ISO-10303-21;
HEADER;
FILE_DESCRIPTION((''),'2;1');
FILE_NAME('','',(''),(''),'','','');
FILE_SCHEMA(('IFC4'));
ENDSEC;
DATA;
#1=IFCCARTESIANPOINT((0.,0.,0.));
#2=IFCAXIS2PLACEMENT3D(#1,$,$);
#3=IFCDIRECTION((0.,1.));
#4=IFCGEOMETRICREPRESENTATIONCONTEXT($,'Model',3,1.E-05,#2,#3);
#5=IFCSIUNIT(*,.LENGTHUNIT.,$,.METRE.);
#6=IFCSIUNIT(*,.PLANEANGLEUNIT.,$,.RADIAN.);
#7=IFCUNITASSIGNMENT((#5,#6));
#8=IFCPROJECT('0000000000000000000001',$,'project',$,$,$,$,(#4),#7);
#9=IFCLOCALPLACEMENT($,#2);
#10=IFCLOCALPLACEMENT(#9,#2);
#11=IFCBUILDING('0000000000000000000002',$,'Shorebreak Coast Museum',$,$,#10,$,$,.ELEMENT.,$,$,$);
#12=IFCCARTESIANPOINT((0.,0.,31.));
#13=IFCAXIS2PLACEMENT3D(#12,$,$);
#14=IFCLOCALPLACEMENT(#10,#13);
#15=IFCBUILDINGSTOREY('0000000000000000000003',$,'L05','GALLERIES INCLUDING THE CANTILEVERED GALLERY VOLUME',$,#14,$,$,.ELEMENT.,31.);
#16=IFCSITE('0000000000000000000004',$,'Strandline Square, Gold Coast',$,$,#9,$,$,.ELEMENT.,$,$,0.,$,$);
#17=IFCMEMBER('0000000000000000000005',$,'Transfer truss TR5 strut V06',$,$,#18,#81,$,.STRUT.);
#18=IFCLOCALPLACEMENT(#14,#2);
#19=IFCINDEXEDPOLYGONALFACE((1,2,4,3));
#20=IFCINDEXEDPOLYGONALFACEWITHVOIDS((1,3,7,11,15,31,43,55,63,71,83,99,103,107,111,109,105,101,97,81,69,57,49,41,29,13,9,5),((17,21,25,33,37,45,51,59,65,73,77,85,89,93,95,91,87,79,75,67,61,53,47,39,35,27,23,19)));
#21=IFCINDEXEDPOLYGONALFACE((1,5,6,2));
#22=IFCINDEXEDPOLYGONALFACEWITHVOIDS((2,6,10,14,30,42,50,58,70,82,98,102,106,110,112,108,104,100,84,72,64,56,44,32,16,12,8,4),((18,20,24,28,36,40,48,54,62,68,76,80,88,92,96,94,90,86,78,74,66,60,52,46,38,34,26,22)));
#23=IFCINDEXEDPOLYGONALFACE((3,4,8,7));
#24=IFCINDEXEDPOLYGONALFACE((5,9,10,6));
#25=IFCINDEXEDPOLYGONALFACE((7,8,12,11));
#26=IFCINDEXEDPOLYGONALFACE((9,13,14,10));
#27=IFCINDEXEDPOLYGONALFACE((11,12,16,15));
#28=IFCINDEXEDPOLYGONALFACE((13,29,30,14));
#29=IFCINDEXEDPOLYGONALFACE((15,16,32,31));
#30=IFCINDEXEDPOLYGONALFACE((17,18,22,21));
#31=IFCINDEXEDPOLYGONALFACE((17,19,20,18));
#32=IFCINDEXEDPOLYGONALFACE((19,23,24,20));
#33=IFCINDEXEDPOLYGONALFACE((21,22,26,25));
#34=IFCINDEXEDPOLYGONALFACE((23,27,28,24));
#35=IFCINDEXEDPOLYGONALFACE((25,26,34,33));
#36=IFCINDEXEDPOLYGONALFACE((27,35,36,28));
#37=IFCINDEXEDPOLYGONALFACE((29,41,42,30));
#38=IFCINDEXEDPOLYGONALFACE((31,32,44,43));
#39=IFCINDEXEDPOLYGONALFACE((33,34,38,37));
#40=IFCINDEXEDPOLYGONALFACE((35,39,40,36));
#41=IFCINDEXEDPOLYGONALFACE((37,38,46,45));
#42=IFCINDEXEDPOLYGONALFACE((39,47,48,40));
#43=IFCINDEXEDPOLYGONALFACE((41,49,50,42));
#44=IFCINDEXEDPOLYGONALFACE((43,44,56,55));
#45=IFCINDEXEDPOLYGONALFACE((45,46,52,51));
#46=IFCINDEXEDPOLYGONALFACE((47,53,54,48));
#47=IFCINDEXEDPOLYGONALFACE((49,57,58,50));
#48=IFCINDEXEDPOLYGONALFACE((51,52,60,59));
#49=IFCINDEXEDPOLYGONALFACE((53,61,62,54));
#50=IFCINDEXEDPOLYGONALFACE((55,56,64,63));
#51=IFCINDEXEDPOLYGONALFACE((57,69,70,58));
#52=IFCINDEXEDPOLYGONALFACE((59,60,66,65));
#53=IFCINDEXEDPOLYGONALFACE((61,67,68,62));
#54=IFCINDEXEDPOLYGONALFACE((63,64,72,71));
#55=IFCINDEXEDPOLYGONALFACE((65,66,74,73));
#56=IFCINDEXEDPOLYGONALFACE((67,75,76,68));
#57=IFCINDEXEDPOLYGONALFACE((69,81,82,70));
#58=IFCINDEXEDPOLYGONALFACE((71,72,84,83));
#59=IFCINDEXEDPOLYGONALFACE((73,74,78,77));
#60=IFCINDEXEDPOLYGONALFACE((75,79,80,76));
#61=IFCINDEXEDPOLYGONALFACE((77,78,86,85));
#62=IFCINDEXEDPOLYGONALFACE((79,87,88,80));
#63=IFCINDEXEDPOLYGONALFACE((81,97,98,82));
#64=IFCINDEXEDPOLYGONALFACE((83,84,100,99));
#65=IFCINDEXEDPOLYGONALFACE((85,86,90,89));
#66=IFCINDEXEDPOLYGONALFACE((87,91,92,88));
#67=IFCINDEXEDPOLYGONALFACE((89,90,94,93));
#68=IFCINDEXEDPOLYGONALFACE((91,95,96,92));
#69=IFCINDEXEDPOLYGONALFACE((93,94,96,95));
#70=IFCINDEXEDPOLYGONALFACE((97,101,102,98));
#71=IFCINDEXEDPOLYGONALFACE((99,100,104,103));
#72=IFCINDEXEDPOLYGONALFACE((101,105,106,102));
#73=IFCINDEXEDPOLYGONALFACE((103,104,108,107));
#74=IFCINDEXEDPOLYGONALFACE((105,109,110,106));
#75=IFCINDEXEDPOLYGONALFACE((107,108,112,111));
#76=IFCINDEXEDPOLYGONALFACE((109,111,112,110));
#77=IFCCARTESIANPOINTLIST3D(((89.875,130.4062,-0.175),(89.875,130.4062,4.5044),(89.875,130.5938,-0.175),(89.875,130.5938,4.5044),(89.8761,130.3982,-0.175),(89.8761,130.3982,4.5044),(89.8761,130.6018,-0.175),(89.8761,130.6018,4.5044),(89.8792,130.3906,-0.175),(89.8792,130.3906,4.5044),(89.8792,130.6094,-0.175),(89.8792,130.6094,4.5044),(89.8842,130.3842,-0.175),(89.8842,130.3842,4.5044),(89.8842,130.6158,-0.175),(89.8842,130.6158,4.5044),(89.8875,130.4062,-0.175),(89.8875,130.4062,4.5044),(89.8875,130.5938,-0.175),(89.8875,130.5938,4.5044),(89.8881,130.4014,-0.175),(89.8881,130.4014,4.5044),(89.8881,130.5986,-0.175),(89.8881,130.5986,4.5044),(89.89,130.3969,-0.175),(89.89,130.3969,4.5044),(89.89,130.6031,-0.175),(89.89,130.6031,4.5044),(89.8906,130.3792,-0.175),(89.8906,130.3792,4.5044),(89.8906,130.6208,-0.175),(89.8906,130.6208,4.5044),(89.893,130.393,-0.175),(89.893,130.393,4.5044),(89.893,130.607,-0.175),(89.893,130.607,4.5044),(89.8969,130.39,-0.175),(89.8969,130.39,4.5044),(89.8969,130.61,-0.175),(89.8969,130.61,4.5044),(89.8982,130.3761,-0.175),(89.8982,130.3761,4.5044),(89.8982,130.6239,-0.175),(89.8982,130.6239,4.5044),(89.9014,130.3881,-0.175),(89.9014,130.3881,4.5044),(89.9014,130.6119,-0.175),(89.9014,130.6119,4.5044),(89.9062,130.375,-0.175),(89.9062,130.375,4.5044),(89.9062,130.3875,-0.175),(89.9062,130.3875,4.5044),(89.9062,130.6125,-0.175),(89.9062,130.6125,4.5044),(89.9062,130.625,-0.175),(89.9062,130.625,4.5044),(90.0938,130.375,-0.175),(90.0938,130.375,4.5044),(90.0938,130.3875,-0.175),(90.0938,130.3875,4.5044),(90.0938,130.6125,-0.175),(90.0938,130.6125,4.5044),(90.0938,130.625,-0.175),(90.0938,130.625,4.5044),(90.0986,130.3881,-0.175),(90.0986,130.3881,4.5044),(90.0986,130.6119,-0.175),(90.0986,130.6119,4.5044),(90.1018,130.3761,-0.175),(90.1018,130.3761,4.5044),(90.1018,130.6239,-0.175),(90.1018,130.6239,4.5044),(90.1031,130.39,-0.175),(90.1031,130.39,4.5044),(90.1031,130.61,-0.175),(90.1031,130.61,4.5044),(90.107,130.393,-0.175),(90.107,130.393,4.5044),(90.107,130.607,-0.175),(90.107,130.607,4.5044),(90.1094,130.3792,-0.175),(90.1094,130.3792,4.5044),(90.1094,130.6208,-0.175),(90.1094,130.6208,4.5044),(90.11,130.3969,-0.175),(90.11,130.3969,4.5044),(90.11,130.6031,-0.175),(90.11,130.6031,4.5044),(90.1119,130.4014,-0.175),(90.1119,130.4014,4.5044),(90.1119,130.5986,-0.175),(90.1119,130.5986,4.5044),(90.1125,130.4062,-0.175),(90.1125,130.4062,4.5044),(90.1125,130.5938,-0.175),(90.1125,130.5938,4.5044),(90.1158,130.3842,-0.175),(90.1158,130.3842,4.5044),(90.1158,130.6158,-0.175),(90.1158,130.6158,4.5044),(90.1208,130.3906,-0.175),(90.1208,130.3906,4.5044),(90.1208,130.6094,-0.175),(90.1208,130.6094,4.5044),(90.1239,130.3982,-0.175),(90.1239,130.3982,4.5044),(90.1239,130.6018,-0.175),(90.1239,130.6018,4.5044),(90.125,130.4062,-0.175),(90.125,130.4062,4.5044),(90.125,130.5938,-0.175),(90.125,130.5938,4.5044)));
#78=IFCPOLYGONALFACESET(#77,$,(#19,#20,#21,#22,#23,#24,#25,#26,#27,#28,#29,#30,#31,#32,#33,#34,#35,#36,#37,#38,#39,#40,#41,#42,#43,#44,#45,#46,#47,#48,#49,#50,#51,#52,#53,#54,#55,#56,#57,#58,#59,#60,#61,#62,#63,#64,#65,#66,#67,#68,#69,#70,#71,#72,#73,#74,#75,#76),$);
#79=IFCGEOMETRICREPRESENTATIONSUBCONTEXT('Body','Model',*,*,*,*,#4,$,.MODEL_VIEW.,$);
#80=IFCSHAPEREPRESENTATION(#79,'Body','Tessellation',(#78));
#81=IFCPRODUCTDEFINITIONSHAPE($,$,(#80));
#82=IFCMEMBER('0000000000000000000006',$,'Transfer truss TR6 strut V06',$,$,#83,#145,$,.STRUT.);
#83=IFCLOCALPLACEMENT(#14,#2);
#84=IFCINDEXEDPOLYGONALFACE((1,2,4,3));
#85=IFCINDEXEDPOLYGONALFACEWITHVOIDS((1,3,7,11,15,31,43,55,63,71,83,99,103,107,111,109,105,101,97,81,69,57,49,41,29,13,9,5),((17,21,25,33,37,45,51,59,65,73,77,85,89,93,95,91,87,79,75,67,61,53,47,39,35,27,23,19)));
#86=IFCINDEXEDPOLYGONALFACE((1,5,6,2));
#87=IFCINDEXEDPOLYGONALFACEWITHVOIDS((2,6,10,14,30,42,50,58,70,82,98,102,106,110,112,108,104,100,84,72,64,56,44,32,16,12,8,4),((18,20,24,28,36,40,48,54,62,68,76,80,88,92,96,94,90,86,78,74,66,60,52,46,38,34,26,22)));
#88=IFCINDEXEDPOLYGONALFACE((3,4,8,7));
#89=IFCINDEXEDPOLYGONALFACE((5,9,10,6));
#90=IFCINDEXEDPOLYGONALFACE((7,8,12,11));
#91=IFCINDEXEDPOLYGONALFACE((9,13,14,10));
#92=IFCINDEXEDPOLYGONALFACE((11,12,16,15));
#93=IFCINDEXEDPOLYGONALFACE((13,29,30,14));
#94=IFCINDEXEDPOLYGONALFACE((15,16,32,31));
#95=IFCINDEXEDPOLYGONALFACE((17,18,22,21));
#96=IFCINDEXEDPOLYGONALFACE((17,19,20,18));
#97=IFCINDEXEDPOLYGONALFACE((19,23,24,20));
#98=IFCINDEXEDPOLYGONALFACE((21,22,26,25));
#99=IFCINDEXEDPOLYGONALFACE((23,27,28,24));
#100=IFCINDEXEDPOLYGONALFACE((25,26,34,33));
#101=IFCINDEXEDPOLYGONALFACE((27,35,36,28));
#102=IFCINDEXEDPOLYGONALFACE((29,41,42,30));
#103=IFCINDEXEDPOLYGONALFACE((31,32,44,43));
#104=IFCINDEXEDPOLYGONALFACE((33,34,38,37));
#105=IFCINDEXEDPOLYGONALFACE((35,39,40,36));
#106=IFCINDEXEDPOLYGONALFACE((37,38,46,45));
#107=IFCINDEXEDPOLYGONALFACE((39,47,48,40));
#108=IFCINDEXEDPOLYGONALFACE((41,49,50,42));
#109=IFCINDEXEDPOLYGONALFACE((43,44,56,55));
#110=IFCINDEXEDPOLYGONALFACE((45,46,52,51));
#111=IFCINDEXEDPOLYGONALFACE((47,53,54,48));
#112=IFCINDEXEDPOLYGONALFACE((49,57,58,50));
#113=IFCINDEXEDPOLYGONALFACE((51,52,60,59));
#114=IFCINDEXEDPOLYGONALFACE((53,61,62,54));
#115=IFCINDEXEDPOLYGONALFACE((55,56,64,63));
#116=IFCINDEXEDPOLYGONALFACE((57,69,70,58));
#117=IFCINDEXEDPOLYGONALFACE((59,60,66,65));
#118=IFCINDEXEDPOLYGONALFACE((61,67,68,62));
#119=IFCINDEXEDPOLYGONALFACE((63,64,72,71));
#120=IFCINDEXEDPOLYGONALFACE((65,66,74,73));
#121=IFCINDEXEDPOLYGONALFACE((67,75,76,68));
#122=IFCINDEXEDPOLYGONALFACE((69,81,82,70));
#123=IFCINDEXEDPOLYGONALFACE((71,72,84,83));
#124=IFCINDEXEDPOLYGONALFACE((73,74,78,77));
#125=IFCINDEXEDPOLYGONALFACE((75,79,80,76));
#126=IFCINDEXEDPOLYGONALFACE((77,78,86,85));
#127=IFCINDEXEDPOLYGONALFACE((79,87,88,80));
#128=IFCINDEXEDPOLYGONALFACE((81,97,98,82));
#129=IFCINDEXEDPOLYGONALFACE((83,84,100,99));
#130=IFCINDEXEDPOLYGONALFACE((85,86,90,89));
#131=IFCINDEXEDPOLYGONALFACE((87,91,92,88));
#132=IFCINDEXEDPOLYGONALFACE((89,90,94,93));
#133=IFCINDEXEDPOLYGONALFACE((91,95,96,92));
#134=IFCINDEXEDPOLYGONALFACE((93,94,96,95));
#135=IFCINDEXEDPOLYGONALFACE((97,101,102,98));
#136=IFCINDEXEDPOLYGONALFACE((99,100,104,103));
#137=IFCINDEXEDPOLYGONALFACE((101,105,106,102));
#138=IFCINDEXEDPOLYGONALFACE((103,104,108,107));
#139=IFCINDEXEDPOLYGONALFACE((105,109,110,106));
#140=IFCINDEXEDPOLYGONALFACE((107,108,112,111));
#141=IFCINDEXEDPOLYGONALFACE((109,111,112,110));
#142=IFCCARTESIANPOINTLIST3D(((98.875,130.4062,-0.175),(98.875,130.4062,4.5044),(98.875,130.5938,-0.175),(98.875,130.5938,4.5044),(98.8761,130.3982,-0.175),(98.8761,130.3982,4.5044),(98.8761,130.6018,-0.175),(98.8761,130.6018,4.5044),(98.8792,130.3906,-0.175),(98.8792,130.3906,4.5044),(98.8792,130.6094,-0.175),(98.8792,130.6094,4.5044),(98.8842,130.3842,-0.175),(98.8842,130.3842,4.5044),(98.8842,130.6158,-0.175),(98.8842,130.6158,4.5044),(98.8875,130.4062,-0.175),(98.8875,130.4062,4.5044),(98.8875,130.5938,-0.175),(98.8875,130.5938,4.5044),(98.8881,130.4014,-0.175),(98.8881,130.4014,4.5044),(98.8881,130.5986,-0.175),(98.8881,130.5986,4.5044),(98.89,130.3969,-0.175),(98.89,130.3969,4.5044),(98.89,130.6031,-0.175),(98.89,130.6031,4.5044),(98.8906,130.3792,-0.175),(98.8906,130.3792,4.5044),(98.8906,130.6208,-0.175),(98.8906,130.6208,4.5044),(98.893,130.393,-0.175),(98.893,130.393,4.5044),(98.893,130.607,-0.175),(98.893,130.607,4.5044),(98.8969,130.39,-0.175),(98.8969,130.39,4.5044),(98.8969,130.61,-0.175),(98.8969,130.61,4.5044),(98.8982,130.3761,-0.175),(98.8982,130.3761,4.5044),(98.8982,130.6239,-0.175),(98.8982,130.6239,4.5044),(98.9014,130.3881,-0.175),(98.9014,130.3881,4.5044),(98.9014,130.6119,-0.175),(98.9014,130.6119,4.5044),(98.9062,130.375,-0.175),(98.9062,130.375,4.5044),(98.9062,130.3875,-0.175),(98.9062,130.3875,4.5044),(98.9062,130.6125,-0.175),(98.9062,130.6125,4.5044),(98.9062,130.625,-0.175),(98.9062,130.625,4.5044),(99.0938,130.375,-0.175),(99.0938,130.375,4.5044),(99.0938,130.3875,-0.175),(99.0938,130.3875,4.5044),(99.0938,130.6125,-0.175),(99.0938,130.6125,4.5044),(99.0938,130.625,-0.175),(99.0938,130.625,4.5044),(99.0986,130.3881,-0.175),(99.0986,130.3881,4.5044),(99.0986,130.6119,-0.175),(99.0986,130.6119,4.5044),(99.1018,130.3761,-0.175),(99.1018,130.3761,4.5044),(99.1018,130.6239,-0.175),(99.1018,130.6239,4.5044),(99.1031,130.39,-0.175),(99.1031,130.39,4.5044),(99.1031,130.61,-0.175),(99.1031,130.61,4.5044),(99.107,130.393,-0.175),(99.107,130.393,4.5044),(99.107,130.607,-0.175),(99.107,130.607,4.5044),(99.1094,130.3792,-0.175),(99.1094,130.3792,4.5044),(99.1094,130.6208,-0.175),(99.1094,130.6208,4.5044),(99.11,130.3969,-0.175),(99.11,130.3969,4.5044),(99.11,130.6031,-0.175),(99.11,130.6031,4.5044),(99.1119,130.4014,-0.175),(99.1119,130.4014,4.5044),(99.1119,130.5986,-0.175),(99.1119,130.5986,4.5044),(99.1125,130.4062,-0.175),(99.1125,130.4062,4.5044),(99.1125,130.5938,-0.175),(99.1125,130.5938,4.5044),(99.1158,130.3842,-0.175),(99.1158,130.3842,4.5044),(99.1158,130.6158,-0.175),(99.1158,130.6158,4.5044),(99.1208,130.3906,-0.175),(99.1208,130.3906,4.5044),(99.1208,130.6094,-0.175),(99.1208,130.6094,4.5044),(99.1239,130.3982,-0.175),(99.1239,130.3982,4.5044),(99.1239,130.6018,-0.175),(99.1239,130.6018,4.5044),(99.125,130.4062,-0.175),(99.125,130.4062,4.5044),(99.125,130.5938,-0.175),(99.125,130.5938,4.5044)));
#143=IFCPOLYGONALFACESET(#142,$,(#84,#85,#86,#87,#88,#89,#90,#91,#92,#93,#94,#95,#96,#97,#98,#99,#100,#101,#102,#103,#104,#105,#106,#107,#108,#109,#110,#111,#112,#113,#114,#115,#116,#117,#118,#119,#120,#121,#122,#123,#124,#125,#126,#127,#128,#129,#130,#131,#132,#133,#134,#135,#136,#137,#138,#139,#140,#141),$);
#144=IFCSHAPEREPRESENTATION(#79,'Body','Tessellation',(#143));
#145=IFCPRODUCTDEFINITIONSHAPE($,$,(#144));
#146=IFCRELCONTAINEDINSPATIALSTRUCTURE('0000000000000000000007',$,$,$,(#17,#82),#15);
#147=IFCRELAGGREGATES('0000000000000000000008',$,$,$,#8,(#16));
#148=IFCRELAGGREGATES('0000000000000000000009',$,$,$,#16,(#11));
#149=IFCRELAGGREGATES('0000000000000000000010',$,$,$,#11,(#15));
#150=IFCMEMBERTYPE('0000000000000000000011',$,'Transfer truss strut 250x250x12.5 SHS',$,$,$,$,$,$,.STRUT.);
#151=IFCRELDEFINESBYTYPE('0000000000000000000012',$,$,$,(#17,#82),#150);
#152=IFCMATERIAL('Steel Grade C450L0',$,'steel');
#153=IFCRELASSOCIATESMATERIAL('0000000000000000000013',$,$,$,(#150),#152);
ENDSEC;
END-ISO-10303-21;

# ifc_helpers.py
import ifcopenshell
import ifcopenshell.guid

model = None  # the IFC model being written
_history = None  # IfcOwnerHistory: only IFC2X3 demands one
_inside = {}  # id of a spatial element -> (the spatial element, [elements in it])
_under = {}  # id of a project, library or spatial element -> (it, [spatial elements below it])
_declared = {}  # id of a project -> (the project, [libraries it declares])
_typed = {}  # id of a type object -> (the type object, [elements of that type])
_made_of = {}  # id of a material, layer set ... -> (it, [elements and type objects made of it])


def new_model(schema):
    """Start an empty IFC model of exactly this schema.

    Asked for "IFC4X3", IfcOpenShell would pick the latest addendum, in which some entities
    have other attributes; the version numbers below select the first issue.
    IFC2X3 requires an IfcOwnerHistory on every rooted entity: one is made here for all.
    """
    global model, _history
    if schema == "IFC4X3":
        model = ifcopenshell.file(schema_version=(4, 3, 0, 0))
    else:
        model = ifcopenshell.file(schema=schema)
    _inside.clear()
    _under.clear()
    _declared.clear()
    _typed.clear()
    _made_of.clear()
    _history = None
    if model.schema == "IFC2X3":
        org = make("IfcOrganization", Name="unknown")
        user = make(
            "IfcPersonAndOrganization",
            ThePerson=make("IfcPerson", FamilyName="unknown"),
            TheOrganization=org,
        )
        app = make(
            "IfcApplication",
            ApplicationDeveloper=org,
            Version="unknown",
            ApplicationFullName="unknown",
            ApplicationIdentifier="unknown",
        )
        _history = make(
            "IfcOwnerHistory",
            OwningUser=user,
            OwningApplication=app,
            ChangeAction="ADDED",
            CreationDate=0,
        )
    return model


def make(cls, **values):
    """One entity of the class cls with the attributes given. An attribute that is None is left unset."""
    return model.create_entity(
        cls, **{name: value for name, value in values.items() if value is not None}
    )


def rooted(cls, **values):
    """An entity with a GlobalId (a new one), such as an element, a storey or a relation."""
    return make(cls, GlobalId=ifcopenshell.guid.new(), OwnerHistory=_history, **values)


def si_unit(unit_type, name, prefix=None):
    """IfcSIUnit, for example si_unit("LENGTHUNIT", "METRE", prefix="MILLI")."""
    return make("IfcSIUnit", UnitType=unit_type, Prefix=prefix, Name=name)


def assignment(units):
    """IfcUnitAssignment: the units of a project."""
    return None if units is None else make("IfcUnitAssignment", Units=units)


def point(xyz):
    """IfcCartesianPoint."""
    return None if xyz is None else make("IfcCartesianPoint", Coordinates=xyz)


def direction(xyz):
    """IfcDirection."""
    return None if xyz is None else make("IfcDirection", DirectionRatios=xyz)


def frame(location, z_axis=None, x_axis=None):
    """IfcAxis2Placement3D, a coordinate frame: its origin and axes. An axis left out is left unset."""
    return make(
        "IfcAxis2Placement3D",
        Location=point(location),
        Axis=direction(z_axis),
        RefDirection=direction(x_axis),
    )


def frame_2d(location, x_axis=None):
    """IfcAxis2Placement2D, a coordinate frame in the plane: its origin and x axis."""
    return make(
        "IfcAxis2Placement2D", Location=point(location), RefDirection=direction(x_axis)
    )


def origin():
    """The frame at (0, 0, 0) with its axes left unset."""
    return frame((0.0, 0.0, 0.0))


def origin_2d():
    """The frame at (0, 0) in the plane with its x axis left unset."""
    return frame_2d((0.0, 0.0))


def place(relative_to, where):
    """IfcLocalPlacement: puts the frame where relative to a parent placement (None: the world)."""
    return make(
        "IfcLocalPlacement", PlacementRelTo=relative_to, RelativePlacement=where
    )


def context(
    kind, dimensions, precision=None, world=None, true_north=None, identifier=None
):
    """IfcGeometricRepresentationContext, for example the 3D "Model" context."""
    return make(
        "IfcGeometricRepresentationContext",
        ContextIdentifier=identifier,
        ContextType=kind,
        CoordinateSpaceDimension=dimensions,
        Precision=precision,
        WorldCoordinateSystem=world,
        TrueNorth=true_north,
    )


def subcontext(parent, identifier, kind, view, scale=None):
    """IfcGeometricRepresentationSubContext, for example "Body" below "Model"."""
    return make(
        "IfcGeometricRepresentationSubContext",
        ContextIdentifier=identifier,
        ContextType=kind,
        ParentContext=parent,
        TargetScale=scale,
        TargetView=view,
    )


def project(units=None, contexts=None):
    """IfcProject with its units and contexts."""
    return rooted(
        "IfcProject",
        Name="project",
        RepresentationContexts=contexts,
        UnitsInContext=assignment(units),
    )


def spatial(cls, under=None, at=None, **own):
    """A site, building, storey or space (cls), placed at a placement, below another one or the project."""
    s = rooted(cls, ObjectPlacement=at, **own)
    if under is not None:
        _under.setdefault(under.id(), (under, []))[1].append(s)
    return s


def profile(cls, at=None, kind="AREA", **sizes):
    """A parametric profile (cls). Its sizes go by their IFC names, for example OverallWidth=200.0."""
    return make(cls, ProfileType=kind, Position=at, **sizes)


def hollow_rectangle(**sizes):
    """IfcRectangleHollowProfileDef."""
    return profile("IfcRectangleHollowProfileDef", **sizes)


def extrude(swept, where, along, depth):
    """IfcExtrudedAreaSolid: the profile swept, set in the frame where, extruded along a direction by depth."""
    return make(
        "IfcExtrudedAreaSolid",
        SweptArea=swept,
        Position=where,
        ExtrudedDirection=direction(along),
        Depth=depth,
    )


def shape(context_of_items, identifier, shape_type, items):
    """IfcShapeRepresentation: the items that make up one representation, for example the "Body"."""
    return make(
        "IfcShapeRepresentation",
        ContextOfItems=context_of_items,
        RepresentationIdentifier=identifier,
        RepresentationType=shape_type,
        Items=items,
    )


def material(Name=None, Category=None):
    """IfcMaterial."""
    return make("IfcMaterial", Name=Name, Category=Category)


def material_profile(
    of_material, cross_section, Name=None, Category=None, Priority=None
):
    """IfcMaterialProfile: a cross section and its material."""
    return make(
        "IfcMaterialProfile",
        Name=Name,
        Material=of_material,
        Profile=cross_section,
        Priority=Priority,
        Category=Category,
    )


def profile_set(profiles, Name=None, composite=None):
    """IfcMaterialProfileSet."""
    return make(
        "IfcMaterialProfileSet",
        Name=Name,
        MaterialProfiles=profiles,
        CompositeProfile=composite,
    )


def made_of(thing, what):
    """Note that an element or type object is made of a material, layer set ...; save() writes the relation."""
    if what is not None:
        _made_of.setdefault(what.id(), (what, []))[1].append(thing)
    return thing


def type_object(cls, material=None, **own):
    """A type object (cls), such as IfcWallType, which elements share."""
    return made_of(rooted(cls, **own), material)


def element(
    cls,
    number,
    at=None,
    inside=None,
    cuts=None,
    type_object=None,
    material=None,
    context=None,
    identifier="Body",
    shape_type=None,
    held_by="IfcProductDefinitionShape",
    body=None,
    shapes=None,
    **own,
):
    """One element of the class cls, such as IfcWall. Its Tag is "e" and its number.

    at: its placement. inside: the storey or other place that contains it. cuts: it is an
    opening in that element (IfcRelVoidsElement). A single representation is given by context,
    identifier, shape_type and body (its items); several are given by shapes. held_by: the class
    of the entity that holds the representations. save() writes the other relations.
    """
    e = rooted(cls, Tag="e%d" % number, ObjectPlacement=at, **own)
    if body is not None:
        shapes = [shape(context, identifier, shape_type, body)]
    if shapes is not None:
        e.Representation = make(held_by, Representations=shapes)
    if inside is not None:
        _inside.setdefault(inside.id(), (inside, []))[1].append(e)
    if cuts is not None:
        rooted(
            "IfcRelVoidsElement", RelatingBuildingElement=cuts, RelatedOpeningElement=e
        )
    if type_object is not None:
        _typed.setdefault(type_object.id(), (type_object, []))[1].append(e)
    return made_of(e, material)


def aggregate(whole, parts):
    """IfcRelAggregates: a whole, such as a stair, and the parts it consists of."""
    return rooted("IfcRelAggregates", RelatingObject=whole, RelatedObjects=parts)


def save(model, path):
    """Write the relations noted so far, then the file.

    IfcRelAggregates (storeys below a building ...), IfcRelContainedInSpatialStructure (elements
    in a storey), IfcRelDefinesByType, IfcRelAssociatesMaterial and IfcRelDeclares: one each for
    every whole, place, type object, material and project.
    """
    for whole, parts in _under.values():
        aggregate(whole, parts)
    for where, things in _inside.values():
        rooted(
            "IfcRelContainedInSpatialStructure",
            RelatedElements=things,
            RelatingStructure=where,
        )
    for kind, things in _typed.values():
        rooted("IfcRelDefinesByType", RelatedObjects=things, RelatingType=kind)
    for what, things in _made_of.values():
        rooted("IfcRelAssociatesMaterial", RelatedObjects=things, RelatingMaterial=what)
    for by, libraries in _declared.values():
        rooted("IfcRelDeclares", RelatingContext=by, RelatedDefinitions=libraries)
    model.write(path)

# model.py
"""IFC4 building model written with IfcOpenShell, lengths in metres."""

from ifc_helpers import new_model, si_unit, direction, frame, origin, origin_2d, place, context, subcontext, project, spatial, hollow_rectangle, extrude, material, material_profile, profile_set, type_object, element, save


model = new_model("IFC4")

# Units and contexts
model_context = context("Model", 3, precision=1e-05, world=origin(), true_north=direction((0.0, 1.0)))
body_context = subcontext(model_context, "Body", "Model", "MODEL_VIEW")
ifc_project = project(units=[si_unit("LENGTHUNIT", "METRE"), si_unit("PLANEANGLEUNIT", "RADIAN")], contexts=[model_context])

# Site, building, storey
site_placement = place(None, origin())
site = spatial("IfcSite", under=ifc_project, at=site_placement, Name="Strandline Square, Gold Coast", CompositionType="ELEMENT", RefElevation=0.0)
building_placement = place(site_placement, origin())
building = spatial("IfcBuilding", under=site, at=building_placement, Name="Shorebreak Coast Museum", CompositionType="ELEMENT")
storey_placement = place(building_placement, frame((0.0, 0.0, 31.0)))
storey = spatial("IfcBuildingStorey", under=building, at=storey_placement, Name="L05", Description="GALLERIES INCLUDING THE CANTILEVERED GALLERY VOLUME", CompositionType="ELEMENT", Elevation=31.0)

# Members
ifc_material_1 = material(Name="Steel Grade C450L0", Category="steel")
ifc_material_profile_1 = material_profile(ifc_material_1, hollow_rectangle(XDim=0.25, YDim=0.25, WallThickness=0.0125, InnerFilletRadius=0.0188, OuterFilletRadius=0.0312, at=origin_2d()), Name="250x250x12.5 SHS")
ifc_profile_set_1 = profile_set([ifc_material_profile_1], Name="Steel Grade C450L0")
member_type_1 = type_object("IfcMemberType", Name="Transfer truss strut 250x250x12.5 SHS", PredefinedType="STRUT", material=ifc_profile_set_1)
for number, where, z_axis, x_axis, name in (
    (1, (90.0, 130.5, -0.175), (0.0, 0.0, 1.0), (1.0, 0.0, 0.0), "Transfer truss TR5 strut V06"),
    (2, (99.0, 130.5, -0.175), (0.0, 0.0, 1.0), (1.0, 0.0, 0.0), "Transfer truss TR6 strut V06"),
):
    element("IfcMember", number, at=place(storey_placement, frame(where, z_axis=z_axis, x_axis=x_axis)), inside=storey, type_object=member_type_1, Name=name, PredefinedType="STRUT", context=body_context, shape_type="SweptSolid", body=[
        extrude(hollow_rectangle(XDim=0.25, YDim=0.25, WallThickness=0.0125, InnerFilletRadius=0.0188, OuterFilletRadius=0.0312, at=origin_2d()), origin(), (0.0, 0.0, 1.0), 4.6794),
    ])

save(model, "model.ifc")
